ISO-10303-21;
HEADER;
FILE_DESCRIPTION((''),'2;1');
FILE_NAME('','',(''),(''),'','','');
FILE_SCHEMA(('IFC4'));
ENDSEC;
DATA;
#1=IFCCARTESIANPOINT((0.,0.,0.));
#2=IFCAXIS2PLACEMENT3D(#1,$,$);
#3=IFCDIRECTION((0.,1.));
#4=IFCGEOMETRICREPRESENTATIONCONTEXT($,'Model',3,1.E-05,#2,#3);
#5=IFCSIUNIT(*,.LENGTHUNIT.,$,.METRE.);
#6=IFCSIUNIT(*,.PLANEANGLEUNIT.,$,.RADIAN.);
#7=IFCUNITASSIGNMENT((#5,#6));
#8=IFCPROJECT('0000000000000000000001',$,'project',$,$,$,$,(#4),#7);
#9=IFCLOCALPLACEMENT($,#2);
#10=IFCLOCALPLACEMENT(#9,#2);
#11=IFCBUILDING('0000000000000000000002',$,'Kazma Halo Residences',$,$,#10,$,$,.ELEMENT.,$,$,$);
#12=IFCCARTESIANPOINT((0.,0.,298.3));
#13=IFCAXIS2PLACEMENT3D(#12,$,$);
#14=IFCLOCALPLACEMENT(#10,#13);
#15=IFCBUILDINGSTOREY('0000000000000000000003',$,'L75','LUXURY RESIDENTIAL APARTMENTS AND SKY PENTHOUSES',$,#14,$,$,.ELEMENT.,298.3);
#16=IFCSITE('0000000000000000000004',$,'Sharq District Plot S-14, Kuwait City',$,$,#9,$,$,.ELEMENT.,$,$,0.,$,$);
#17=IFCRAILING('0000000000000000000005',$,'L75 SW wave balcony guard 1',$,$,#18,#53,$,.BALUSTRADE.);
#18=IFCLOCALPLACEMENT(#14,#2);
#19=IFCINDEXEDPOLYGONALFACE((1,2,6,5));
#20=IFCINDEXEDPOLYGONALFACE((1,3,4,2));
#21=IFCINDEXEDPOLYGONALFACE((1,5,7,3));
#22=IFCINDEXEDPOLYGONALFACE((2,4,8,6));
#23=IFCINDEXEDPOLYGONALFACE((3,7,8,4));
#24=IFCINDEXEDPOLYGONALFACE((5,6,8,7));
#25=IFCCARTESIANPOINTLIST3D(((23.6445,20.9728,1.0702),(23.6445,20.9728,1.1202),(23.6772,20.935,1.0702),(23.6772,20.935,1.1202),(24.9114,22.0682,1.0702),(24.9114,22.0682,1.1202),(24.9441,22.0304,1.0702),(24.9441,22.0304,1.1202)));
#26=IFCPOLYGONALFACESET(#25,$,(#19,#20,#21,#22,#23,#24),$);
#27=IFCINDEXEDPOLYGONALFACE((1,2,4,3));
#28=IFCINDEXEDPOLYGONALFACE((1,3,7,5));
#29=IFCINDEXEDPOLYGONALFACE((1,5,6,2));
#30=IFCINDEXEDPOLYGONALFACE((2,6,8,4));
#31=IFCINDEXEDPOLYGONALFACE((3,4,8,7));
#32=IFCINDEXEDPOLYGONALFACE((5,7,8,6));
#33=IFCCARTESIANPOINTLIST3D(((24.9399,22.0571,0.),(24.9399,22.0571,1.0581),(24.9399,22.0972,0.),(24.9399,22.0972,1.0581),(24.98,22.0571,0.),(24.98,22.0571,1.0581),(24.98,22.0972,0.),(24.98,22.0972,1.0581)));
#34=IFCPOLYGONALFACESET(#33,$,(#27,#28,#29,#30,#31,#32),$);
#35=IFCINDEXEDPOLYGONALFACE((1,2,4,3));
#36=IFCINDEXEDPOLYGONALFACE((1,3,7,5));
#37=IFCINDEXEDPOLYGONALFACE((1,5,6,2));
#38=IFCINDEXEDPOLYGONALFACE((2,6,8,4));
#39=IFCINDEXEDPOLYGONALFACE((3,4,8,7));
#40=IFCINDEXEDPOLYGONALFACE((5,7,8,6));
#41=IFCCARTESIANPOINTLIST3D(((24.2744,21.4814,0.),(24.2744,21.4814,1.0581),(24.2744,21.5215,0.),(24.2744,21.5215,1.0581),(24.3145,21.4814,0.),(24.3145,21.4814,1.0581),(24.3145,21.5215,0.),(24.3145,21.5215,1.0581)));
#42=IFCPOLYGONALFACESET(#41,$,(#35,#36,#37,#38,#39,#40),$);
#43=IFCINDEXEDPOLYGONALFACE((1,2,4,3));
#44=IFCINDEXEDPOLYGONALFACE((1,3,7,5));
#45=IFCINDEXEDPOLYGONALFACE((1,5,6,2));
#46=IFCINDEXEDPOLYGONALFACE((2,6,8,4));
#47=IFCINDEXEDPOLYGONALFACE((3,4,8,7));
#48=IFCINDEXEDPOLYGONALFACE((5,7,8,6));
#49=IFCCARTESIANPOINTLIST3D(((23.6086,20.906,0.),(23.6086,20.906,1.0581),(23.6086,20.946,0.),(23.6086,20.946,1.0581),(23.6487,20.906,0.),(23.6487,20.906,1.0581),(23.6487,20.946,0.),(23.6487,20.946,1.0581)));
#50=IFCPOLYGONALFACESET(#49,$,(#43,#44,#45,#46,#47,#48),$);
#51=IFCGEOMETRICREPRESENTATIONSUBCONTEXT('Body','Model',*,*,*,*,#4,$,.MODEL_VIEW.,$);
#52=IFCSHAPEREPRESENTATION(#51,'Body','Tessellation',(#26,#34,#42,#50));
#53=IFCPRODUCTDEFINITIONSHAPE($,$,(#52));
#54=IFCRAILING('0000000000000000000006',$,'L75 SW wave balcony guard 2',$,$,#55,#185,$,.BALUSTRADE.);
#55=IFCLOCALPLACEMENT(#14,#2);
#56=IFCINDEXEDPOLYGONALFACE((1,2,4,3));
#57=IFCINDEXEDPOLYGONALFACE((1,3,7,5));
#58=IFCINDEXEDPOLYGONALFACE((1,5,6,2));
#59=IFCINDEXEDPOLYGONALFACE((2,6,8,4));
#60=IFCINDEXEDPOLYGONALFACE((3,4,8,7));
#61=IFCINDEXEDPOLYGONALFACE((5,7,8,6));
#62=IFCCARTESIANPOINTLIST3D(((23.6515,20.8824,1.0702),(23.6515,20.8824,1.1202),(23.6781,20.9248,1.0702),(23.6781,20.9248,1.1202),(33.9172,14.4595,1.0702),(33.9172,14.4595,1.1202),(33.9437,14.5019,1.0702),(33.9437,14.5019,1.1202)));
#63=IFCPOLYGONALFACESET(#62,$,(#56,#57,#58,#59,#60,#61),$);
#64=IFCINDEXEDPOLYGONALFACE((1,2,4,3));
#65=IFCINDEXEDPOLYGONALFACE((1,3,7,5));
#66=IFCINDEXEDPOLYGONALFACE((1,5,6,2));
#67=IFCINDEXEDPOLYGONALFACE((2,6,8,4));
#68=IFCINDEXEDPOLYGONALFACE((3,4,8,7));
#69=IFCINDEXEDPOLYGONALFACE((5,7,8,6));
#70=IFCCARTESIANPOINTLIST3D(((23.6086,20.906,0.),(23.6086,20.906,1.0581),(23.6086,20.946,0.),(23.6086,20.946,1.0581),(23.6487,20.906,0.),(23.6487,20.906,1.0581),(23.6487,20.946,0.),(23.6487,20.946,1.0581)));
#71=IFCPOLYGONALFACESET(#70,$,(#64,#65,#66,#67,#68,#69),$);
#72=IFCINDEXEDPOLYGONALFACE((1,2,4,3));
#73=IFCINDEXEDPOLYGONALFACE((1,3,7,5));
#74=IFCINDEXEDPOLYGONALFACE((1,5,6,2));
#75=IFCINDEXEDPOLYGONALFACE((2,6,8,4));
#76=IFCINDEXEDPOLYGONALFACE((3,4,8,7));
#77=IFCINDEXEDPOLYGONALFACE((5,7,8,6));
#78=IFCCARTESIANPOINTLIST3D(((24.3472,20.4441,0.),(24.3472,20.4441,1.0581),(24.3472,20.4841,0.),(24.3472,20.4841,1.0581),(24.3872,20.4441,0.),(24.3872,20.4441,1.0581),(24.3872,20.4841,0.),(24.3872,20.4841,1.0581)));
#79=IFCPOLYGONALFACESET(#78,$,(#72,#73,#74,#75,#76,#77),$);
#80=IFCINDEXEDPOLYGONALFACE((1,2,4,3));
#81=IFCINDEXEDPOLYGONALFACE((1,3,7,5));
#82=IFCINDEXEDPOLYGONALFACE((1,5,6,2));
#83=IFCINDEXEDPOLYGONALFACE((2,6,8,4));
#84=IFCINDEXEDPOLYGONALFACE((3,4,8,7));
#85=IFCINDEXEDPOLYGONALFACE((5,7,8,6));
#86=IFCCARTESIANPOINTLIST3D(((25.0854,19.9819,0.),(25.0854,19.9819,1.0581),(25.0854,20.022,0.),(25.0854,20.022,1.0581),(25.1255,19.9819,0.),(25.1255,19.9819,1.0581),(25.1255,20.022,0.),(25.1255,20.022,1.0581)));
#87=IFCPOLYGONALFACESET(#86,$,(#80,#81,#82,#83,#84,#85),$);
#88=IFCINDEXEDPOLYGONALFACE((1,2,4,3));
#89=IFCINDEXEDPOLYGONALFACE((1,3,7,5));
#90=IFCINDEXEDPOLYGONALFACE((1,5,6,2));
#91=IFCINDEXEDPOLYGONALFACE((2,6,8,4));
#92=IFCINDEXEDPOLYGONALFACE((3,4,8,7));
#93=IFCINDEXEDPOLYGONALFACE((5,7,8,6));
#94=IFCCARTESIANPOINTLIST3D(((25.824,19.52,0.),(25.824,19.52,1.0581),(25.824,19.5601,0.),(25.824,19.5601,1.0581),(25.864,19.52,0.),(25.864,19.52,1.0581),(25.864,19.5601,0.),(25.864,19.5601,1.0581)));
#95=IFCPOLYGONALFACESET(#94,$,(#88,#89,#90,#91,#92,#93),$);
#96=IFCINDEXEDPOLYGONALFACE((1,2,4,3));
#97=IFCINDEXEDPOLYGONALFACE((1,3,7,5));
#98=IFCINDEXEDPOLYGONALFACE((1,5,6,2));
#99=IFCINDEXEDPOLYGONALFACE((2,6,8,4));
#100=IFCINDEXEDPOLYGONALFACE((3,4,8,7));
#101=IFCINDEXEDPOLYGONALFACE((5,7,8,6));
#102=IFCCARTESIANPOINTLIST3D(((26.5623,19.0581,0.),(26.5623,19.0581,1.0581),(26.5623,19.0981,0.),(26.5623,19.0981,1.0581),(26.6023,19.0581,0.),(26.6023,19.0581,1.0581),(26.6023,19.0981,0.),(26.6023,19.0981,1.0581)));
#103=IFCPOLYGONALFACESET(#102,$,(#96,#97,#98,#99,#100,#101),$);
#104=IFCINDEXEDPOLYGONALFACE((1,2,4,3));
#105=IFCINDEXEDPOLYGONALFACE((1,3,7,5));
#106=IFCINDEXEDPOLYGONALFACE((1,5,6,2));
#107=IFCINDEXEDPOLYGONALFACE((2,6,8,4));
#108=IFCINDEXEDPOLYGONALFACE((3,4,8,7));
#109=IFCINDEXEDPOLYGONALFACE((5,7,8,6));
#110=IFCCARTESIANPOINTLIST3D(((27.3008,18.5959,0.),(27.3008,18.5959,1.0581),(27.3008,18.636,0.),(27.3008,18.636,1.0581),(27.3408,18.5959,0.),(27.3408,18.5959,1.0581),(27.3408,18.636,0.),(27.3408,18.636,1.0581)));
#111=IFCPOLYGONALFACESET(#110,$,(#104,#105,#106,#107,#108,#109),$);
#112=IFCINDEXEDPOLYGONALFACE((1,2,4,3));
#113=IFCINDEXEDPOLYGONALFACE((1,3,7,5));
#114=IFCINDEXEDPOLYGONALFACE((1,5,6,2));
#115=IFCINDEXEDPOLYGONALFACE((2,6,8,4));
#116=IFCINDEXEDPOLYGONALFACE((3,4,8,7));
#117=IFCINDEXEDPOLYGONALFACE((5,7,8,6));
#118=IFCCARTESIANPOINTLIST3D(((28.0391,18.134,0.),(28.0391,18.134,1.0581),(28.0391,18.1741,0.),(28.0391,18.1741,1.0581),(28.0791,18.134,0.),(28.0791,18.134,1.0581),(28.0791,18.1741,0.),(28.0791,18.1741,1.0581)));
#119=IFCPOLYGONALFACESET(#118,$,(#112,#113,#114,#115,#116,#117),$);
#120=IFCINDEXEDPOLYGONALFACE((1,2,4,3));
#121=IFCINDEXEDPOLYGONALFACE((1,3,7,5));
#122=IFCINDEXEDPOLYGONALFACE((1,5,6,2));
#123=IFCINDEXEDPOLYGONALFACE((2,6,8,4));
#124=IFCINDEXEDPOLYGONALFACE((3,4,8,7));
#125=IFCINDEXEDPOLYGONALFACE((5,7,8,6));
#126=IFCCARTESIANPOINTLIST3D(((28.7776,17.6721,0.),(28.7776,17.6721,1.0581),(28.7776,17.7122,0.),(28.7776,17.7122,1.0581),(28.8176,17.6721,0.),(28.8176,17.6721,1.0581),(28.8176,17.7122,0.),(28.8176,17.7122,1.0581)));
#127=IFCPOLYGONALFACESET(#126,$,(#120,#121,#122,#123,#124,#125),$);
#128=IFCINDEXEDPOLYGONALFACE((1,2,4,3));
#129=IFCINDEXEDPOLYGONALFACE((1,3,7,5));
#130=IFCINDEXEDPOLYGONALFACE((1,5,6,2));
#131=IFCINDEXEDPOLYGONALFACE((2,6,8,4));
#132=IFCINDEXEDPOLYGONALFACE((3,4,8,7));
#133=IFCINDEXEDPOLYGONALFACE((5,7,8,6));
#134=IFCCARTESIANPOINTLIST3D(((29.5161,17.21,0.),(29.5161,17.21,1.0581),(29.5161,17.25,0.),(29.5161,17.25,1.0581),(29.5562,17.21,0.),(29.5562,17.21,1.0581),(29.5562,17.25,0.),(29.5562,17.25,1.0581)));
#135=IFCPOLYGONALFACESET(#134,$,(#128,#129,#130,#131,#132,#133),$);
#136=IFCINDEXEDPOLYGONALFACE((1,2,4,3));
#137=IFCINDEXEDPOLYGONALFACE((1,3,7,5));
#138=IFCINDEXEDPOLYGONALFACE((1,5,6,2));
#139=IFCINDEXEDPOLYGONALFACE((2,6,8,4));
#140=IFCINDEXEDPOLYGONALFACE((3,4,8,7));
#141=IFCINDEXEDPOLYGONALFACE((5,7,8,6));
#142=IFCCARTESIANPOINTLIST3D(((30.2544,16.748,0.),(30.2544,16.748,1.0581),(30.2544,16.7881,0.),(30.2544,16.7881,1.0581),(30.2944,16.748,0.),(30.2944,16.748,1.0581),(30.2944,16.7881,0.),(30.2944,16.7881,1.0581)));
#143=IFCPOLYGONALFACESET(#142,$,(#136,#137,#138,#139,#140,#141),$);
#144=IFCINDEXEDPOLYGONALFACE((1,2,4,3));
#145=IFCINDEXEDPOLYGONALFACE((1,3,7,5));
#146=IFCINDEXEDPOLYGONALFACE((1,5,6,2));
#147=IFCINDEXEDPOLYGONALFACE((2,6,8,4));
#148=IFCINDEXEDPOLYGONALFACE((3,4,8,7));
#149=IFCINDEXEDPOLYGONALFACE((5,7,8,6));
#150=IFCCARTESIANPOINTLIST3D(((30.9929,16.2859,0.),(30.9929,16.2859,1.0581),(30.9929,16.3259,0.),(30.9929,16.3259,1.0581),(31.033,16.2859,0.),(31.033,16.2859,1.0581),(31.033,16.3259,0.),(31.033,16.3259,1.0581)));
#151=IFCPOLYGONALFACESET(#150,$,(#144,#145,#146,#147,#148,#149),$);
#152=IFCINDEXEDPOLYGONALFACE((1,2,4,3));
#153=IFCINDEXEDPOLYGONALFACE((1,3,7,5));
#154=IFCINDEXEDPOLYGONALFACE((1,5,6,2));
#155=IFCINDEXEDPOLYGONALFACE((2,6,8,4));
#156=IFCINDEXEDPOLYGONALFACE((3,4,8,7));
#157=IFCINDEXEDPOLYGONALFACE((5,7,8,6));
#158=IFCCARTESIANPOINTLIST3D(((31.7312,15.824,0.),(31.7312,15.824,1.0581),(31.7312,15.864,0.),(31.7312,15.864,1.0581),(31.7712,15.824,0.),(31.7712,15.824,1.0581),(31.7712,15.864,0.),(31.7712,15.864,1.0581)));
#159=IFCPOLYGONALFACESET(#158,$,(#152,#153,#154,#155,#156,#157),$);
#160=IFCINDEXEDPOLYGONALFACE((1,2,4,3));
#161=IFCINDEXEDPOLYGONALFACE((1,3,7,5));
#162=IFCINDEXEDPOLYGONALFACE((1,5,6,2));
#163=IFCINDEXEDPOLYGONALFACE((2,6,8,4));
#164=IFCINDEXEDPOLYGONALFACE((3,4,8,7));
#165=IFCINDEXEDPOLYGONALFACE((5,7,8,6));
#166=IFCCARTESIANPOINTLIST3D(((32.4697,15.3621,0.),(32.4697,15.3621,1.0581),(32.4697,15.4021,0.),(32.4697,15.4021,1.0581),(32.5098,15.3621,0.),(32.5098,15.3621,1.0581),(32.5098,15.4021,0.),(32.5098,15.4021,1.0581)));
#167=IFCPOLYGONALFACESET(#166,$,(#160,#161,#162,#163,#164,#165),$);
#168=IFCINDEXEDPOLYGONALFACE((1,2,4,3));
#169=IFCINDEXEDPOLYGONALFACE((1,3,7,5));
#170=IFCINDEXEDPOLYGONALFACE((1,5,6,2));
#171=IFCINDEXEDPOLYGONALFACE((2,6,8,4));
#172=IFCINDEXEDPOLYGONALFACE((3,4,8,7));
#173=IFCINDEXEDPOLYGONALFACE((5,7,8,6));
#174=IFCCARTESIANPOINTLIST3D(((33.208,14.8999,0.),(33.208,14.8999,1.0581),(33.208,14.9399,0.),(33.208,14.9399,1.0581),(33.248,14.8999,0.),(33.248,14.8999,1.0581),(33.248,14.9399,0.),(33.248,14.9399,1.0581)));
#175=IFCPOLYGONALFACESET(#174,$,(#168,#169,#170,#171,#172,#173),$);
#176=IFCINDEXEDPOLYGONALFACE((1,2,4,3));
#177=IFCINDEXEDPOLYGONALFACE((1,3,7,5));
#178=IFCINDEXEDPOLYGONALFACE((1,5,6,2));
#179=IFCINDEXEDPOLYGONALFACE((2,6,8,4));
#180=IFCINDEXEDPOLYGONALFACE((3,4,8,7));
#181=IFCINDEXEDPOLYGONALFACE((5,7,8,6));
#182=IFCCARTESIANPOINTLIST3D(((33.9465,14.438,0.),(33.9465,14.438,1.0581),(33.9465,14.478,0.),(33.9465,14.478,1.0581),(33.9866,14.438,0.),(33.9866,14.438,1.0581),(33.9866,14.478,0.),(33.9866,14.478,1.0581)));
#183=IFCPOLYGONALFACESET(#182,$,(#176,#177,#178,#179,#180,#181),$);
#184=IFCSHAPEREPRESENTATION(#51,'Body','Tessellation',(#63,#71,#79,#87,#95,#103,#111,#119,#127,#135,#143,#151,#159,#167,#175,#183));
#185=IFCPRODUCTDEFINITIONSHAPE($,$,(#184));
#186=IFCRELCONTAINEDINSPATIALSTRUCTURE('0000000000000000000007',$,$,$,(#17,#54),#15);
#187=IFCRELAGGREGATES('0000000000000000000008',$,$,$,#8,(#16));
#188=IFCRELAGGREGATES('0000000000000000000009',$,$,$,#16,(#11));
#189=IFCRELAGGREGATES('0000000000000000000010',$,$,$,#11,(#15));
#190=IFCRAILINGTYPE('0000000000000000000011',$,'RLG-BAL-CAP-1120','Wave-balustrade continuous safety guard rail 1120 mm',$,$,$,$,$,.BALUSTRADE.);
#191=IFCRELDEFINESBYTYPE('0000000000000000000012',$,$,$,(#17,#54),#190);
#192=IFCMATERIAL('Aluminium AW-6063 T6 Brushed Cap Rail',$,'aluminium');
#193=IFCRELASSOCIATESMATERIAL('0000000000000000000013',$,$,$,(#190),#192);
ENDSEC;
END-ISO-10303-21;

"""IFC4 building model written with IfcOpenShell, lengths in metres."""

from ifc_helpers import new_model, si_unit, direction, frame, origin, origin_2d, place, context, subcontext, project, spatial, rectangle, extrude, material, type_object, element, save


model = new_model("IFC4")

# Units and contexts
model_context = context("Model", 3, precision=1e-05, world=origin(), true_north=direction((0.0, 1.0)))
body_context = subcontext(model_context, "Body", "Model", "MODEL_VIEW")
ifc_project = project(units=[si_unit("LENGTHUNIT", "METRE"), si_unit("PLANEANGLEUNIT", "RADIAN")], contexts=[model_context])

# Site, building, storey
site_placement = place(None, origin())
site = spatial("IfcSite", under=ifc_project, at=site_placement, Name="Sharq District Plot S-14, Kuwait City", CompositionType="ELEMENT", RefElevation=0.0)
building_placement = place(site_placement, origin())
building = spatial("IfcBuilding", under=site, at=building_placement, Name="Kazma Halo Residences", CompositionType="ELEMENT")
storey_placement = place(building_placement, frame((0.0, 0.0, 298.3)))
storey = spatial("IfcBuildingStorey", under=building, at=storey_placement, Name="L75", Description="LUXURY RESIDENTIAL APARTMENTS AND SKY PENTHOUSES", CompositionType="ELEMENT", Elevation=298.3)

# Railings
ifc_material_1 = material(Name="Aluminium AW-6063 T6 Brushed Cap Rail", Category="aluminium")
railing_type = type_object("IfcRailingType", Name="RLG-BAL-CAP-1120", Description="Wave-balustrade continuous safety guard rail 1120 mm", PredefinedType="BALUSTRADE", material=ifc_material_1)
railing_1_placement = place(storey_placement, frame((24.96, 22.0771, 0.0)))
element("IfcRailing", 1, at=railing_1_placement, inside=storey, type_object=railing_type, Name="L75 SW wave balcony guard 1", PredefinedType="BALUSTRADE", context=body_context, shape_type="SweptSolid", body=[
    extrude(rectangle(XDim=0.05, YDim=0.05, at=origin_2d()), frame((-0.0322, -0.0278, 1.0952), z_axis=(-0.756439, -0.654064, 0.0), x_axis=(0.654064, -0.756439, 0.0)), (0.0, 0.0, 1.0), 1.6748),
    extrude(rectangle(XDim=0.04, YDim=0.04, at=origin_2d()), origin(), (0.0, 0.0, 1.0), 1.0581),
    extrude(rectangle(XDim=0.04, YDim=0.04, at=origin_2d()), frame((-0.6655, -0.5757, 0.0)), (0.0, 0.0, 1.0), 1.0581),
    extrude(rectangle(XDim=0.04, YDim=0.04, at=origin_2d()), frame((-1.3313, -1.1511, 0.0)), (0.0, 0.0, 1.0), 1.0581),
])
railing_2_placement = place(storey_placement, frame((23.6287, 20.926, 0.0)))
element("IfcRailing", 2, at=railing_2_placement, inside=storey, type_object=railing_type, Name="L75 SW wave balcony guard 2", PredefinedType="BALUSTRADE", context=body_context, shape_type="SweptSolid", body=[
    extrude(rectangle(XDim=0.05, YDim=0.05, at=origin_2d()), frame((0.0361, -0.0225, 1.0952), z_axis=(0.847746, -0.530402, 0.0), x_axis=(0.530402, 0.847746, 0.0)), (0.0, 0.0, 1.0), 12.1094),
    extrude(rectangle(XDim=0.04, YDim=0.04, at=origin_2d()), origin(), (0.0, 0.0, 1.0), 1.0581),
    extrude(rectangle(XDim=0.04, YDim=0.04, at=origin_2d()), frame((0.7385, -0.4619, 0.0)), (0.0, 0.0, 1.0), 1.0581),
    extrude(rectangle(XDim=0.04, YDim=0.04, at=origin_2d()), frame((1.4768, -0.9241, 0.0)), (0.0, 0.0, 1.0), 1.0581),
    extrude(rectangle(XDim=0.04, YDim=0.04, at=origin_2d()), frame((2.2153, -1.386, 0.0)), (0.0, 0.0, 1.0), 1.0581),
    extrude(rectangle(XDim=0.04, YDim=0.04, at=origin_2d()), frame((2.9536, -1.8479, 0.0)), (0.0, 0.0, 1.0), 1.0581),
    extrude(rectangle(XDim=0.04, YDim=0.04, at=origin_2d()), frame((3.6921, -2.3101, 0.0)), (0.0, 0.0, 1.0), 1.0581),
    extrude(rectangle(XDim=0.04, YDim=0.04, at=origin_2d()), frame((4.4304, -2.772, 0.0)), (0.0, 0.0, 1.0), 1.0581),
    extrude(rectangle(XDim=0.04, YDim=0.04, at=origin_2d()), frame((5.1689, -3.2339, 0.0)), (0.0, 0.0, 1.0), 1.0581),
    extrude(rectangle(XDim=0.04, YDim=0.04, at=origin_2d()), frame((5.9075, -3.696, 0.0)), (0.0, 0.0, 1.0), 1.0581),
    extrude(rectangle(XDim=0.04, YDim=0.04, at=origin_2d()), frame((6.6458, -4.158, 0.0)), (0.0, 0.0, 1.0), 1.0581),
    extrude(rectangle(XDim=0.04, YDim=0.04, at=origin_2d()), frame((7.3843, -4.6201, 0.0)), (0.0, 0.0, 1.0), 1.0581),
    extrude(rectangle(XDim=0.04, YDim=0.04, at=origin_2d()), frame((8.1226, -5.082, 0.0)), (0.0, 0.0, 1.0), 1.0581),
    extrude(rectangle(XDim=0.04, YDim=0.04, at=origin_2d()), frame((8.8611, -5.5439, 0.0)), (0.0, 0.0, 1.0), 1.0581),
    extrude(rectangle(XDim=0.04, YDim=0.04, at=origin_2d()), frame((9.5994, -6.0061, 0.0)), (0.0, 0.0, 1.0), 1.0581),
    extrude(rectangle(XDim=0.04, YDim=0.04, at=origin_2d()), frame((10.3379, -6.468, 0.0)), (0.0, 0.0, 1.0), 1.0581),
])

save(model, "model.ifc")
